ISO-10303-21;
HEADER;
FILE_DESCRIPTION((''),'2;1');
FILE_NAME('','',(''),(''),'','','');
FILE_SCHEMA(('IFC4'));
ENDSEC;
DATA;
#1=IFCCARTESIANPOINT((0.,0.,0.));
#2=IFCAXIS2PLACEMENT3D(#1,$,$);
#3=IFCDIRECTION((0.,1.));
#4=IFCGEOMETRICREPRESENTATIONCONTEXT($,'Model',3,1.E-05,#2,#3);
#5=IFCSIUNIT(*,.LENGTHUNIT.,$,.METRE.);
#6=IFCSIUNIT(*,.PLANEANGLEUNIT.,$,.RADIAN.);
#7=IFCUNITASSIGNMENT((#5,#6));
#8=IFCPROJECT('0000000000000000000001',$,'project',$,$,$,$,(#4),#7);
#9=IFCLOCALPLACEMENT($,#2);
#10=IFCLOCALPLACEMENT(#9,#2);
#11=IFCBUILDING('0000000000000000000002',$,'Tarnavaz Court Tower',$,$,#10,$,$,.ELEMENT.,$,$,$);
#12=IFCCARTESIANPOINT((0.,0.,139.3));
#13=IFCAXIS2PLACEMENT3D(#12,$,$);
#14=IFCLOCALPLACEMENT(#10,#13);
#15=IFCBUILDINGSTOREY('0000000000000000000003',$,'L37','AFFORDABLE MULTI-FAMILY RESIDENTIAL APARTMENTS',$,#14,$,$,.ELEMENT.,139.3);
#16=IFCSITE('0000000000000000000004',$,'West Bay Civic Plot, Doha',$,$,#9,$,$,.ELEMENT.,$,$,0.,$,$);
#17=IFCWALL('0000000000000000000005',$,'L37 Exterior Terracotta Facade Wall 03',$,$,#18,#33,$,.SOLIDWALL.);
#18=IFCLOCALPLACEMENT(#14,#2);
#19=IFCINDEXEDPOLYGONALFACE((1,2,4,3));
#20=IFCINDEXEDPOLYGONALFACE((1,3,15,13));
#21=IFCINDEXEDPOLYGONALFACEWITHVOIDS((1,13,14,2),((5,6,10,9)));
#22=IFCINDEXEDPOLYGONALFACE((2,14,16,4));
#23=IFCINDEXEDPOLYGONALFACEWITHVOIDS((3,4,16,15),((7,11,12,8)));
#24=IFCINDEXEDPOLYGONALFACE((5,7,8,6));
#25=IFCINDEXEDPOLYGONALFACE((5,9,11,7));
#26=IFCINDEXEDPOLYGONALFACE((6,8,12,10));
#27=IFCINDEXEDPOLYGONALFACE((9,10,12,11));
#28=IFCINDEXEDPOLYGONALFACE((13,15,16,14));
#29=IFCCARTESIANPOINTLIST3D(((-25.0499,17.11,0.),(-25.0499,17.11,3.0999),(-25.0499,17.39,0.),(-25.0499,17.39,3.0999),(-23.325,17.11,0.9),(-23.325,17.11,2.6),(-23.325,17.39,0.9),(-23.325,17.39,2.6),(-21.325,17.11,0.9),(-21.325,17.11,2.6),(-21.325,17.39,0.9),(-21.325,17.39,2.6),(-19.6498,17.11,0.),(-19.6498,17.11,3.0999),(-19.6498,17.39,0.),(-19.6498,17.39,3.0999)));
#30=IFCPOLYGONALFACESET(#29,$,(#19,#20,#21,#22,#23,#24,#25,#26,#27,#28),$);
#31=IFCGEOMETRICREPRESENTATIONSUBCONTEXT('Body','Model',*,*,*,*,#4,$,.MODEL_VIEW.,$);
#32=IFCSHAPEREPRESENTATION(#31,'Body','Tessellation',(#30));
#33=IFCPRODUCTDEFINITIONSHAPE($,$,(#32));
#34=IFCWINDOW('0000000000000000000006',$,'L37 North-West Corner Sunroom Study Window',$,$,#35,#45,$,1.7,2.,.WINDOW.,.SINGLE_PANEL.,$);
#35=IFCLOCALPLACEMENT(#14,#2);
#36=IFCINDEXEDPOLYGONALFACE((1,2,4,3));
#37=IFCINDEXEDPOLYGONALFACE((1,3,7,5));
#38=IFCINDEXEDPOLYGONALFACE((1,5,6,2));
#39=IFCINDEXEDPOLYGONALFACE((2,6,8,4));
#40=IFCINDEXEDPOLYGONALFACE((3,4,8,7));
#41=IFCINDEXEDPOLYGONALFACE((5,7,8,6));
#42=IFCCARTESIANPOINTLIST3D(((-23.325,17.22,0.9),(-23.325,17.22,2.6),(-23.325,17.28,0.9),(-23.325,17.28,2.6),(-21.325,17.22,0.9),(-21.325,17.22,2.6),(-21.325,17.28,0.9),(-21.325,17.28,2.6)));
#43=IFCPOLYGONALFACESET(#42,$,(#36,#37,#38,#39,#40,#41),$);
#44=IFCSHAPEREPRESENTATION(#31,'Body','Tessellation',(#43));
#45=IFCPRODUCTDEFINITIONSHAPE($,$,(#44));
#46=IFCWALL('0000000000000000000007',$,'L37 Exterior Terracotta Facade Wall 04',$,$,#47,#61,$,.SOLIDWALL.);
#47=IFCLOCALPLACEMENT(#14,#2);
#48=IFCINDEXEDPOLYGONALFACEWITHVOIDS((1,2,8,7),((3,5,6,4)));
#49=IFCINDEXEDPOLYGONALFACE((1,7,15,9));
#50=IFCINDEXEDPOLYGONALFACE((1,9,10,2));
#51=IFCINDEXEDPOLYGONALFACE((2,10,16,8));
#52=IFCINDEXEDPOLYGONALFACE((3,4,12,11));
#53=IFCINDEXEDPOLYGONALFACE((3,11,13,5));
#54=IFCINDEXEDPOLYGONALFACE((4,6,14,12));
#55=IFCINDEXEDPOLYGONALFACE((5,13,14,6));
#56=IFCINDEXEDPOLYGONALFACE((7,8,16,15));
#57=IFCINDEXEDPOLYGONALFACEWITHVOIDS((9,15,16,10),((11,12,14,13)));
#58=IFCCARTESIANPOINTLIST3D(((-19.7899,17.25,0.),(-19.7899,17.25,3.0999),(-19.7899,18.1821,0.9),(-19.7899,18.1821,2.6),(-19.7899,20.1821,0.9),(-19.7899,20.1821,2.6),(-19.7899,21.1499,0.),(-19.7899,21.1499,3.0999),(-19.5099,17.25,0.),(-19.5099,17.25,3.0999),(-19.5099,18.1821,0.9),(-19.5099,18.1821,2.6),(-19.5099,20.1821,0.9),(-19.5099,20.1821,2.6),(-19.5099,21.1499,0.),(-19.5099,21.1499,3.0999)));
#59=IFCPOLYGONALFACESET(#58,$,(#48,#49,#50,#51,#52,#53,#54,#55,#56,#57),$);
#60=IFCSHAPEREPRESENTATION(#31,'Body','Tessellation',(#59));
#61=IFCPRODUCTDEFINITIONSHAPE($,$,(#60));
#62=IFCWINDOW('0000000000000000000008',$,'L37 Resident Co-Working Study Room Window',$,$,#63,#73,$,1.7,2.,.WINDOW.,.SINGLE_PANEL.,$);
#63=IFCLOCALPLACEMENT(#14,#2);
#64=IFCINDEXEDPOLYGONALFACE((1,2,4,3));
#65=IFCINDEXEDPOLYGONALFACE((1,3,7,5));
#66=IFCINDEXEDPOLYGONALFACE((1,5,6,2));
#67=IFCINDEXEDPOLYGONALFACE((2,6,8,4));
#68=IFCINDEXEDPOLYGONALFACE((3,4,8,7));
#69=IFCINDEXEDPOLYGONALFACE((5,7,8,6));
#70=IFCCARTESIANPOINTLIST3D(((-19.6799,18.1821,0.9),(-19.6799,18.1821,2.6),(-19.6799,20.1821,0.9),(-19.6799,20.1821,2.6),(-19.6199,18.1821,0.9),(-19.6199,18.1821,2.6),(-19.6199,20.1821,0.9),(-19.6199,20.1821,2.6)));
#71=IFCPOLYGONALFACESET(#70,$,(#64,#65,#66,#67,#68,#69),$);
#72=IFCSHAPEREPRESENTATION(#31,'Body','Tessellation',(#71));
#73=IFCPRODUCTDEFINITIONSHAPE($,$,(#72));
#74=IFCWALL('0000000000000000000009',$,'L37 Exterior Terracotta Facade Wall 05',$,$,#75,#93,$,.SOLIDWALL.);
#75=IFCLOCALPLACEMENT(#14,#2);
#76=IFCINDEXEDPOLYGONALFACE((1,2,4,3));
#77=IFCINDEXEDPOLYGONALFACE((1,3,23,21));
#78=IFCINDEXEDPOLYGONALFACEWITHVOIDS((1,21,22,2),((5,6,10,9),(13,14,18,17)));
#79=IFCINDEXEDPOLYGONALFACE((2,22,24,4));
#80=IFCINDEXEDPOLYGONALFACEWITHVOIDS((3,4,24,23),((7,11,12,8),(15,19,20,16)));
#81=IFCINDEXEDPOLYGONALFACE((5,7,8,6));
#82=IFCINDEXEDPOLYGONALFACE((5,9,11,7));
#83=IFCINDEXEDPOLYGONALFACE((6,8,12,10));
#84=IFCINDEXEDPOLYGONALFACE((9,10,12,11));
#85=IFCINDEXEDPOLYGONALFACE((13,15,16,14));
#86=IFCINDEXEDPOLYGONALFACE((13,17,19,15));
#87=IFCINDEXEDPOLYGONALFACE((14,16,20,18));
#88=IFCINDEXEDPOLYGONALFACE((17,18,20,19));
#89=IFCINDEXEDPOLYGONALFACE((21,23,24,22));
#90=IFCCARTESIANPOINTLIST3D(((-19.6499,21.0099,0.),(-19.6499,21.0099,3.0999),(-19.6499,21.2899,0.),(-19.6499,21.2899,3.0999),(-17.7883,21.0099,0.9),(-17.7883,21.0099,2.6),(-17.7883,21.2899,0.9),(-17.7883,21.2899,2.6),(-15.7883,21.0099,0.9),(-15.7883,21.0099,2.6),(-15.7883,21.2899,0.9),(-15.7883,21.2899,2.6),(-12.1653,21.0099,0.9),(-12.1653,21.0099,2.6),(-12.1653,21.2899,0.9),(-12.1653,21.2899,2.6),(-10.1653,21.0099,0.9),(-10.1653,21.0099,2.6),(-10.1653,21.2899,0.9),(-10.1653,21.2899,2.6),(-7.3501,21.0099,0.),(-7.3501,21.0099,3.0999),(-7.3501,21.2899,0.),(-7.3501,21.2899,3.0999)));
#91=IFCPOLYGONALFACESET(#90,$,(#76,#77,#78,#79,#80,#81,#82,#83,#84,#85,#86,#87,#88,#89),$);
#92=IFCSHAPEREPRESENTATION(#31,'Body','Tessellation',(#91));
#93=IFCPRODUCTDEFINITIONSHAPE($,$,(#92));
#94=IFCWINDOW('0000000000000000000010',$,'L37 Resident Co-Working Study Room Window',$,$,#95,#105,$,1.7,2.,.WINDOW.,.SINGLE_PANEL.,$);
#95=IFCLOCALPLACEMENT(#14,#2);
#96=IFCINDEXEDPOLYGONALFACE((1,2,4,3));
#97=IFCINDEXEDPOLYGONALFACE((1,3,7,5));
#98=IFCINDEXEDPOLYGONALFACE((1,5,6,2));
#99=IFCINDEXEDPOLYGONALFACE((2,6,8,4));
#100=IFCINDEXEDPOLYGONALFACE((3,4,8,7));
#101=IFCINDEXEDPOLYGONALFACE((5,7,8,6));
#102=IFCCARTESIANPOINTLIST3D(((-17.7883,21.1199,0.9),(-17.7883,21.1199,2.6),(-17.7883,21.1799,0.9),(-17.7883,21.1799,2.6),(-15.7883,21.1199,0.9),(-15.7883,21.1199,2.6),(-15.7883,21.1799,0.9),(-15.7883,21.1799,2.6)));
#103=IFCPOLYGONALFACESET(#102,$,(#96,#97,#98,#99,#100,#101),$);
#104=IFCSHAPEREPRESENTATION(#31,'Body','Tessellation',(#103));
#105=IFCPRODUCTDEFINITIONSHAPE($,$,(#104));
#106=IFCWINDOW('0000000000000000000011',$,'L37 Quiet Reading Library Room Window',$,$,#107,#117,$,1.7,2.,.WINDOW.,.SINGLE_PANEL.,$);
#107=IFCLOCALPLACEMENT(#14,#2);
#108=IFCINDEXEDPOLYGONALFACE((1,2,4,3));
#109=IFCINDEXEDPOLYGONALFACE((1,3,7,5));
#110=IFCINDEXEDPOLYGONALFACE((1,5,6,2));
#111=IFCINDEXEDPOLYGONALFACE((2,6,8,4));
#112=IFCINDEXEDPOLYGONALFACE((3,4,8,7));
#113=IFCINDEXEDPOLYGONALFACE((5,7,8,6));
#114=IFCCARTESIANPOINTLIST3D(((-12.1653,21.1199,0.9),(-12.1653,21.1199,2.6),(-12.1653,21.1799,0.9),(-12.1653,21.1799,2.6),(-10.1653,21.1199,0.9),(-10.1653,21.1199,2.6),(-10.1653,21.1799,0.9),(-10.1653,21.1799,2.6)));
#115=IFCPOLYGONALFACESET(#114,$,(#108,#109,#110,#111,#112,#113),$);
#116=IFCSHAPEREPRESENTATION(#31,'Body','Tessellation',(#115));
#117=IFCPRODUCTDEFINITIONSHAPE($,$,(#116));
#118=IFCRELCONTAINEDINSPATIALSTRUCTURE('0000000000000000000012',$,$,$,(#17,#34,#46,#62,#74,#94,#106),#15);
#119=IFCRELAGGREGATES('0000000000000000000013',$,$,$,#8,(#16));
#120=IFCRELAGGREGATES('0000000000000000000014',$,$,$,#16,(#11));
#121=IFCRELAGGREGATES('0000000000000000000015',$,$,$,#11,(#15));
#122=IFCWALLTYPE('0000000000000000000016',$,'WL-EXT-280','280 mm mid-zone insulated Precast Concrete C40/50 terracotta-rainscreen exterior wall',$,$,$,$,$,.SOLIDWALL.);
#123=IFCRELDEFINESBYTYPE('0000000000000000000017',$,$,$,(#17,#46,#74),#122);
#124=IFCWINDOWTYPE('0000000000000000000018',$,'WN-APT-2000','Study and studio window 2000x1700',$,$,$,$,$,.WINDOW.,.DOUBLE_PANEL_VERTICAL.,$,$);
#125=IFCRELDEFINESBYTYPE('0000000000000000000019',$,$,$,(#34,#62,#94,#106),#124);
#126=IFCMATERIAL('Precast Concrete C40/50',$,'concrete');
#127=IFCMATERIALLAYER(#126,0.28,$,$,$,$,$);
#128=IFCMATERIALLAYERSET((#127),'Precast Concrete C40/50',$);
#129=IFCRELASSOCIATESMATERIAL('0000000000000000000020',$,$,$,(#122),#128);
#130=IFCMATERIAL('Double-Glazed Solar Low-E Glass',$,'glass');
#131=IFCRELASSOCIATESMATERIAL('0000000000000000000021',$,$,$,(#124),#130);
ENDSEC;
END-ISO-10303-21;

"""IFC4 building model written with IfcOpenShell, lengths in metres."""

from ifc_helpers import new_model, si_unit, direction, frame, frame_2d, origin, place, context, subcontext, project, spatial, rectangle, extrude, material, layer, layer_set, type_object, element, fill, save


model = new_model("IFC4")

# Units and contexts
model_context = context("Model", 3, precision=1e-05, world=origin(), true_north=direction((0.0, 1.0)))
body_context = subcontext(model_context, "Body", "Model", "MODEL_VIEW")
ifc_project = project(units=[si_unit("LENGTHUNIT", "METRE"), si_unit("PLANEANGLEUNIT", "RADIAN")], contexts=[model_context])

# Site, building, storey
site_placement = place(None, origin())
site = spatial("IfcSite", under=ifc_project, at=site_placement, Name="West Bay Civic Plot, Doha", CompositionType="ELEMENT", RefElevation=0.0)
building_placement = place(site_placement, origin())
building = spatial("IfcBuilding", under=site, at=building_placement, Name="Tarnavaz Court Tower", CompositionType="ELEMENT")
storey_placement = place(building_placement, frame((0.0, 0.0, 139.3)))
storey = spatial("IfcBuildingStorey", under=building, at=storey_placement, Name="L37", Description="AFFORDABLE MULTI-FAMILY RESIDENTIAL APARTMENTS", CompositionType="ELEMENT", Elevation=139.3)

# Walls, openings, windows
ifc_material_1 = material(Name="Precast Concrete C40/50", Category="concrete")
ifc_layer_1 = layer(ifc_material_1, 0.28)
ifc_layer_set_1 = layer_set([ifc_layer_1], Name="Precast Concrete C40/50")
wall_type_1 = type_object("IfcWallType", Name="WL-EXT-280", Description="280 mm mid-zone insulated Precast Concrete C40/50 terracotta-rainscreen exterior wall", PredefinedType="SOLIDWALL", material=ifc_layer_set_1)
wall_1_placement = place(storey_placement, frame((-25.05, 17.25, 0.0), z_axis=(0.0, 0.0, 1.0), x_axis=(1.0, 0.0, 0.0)))
wall_1 = element("IfcWall", 1, at=wall_1_placement, inside=storey, type_object=wall_type_1, Name="L37 Exterior Terracotta Facade Wall 03", PredefinedType="SOLIDWALL", context=body_context, shape_type="SweptSolid", body=[
    extrude(rectangle(XDim=5.4001, YDim=0.28, at=frame_2d((2.7002, 0.0))), origin(), (0.0, 0.0, 1.0), 3.0999),
])
opening_1_placement = place(wall_1_placement, frame((1.7251, 0.0, 0.8999)))
opening_1 = element("IfcOpeningElement", 2, at=opening_1_placement, cuts=wall_1, PredefinedType="OPENING", context=body_context, shape_type="SweptSolid", body=[
    extrude(rectangle(XDim=2.0, YDim=1.7, at=frame_2d((1.0, 0.8501))), frame((0.0, 0.1499, 0.0), z_axis=(0.0, -1.0, 0.0), x_axis=(1.0, 0.0, 0.0)), (0.0, 0.0, 1.0), 0.3),
])
ifc_material_2 = material(Name="Double-Glazed Solar Low-E Glass", Category="glass")
window_type = type_object("IfcWindowType", Name="WN-APT-2000", Description="Study and studio window 2000x1700", PartitioningType="DOUBLE_PANEL_VERTICAL", PredefinedType="WINDOW", material=ifc_material_2)
window_1_placement = place(opening_1_placement, origin())
window_1 = element("IfcWindow", 3, at=window_1_placement, inside=storey, type_object=window_type, Name="L37 North-West Corner Sunroom Study Window", OverallHeight=1.7, OverallWidth=2.0, PartitioningType="SINGLE_PANEL", PredefinedType="WINDOW", context=body_context, shape_type="SweptSolid", body=[
    extrude(rectangle(XDim=2.0, YDim=1.7, at=frame_2d((1.0, 0.8501))), frame((0.0, 0.03, 0.0), z_axis=(0.0, -1.0, 0.0), x_axis=(1.0, 0.0, 0.0)), (0.0, 0.0, 1.0), 0.0601),
])
fill(opening_1, window_1)
wall_2_placement = place(storey_placement, frame((-19.6499, 17.25, 0.0), z_axis=(0.0, 0.0, 1.0), x_axis=(0.0, 1.0, 0.0)))
wall_2 = element("IfcWall", 4, at=wall_2_placement, inside=storey, type_object=wall_type_1, Name="L37 Exterior Terracotta Facade Wall 04", PredefinedType="SOLIDWALL", context=body_context, shape_type="SweptSolid", body=[
    extrude(rectangle(XDim=3.8999, YDim=0.28, at=frame_2d((1.95, 0.0))), origin(), (0.0, 0.0, 1.0), 3.0999),
])
opening_2_placement = place(wall_2_placement, frame((0.9321, 0.0, 0.8999)))
opening_2 = element("IfcOpeningElement", 5, at=opening_2_placement, cuts=wall_2, PredefinedType="OPENING", context=body_context, shape_type="SweptSolid", body=[
    extrude(rectangle(XDim=2.0, YDim=1.7, at=frame_2d((1.0, 0.8501))), frame((0.0, 0.1499, 0.0), z_axis=(0.0, -1.0, 0.0), x_axis=(1.0, 0.0, 0.0)), (0.0, 0.0, 1.0), 0.3),
])
window_2_placement = place(opening_2_placement, origin())
window_2 = element("IfcWindow", 6, at=window_2_placement, inside=storey, type_object=window_type, Name="L37 Resident Co-Working Study Room Window", OverallHeight=1.7, OverallWidth=2.0, PartitioningType="SINGLE_PANEL", PredefinedType="WINDOW", context=body_context, shape_type="SweptSolid", body=[
    extrude(rectangle(XDim=2.0, YDim=1.7, at=frame_2d((1.0, 0.8501))), frame((0.0, 0.03, 0.0), z_axis=(0.0, -1.0, 0.0), x_axis=(1.0, 0.0, 0.0)), (0.0, 0.0, 1.0), 0.0601),
])
fill(opening_2, window_2)

# Wall, openings, windows
wall_3_placement = place(storey_placement, frame((-19.6499, 21.1499, 0.0), z_axis=(0.0, 0.0, 1.0), x_axis=(1.0, 0.0, 0.0)))
wall_3 = element("IfcWall", 7, at=wall_3_placement, inside=storey, type_object=wall_type_1, Name="L37 Exterior Terracotta Facade Wall 05", PredefinedType="SOLIDWALL", context=body_context, shape_type="SweptSolid", body=[
    extrude(rectangle(XDim=12.2998, YDim=0.28, at=frame_2d((6.1499, 0.0))), origin(), (0.0, 0.0, 1.0), 3.0999),
])
opening_3_placement = place(wall_3_placement, frame((1.8616, 0.0, 0.8999)))
opening_3 = element("IfcOpeningElement", 8, at=opening_3_placement, cuts=wall_3, PredefinedType="OPENING", context=body_context, shape_type="SweptSolid", body=[
    extrude(rectangle(XDim=2.0, YDim=1.7, at=frame_2d((1.0, 0.8501))), frame((0.0, 0.1499, 0.0), z_axis=(0.0, -1.0, 0.0), x_axis=(1.0, 0.0, 0.0)), (0.0, 0.0, 1.0), 0.3),
])
opening_4_placement = place(wall_3_placement, frame((7.4846, 0.0, 0.8999)))
opening_4 = element("IfcOpeningElement", 9, at=opening_4_placement, cuts=wall_3, PredefinedType="OPENING", context=body_context, shape_type="SweptSolid", body=[
    extrude(rectangle(XDim=2.0, YDim=1.7, at=frame_2d((1.0, 0.8501))), frame((0.0, 0.1499, 0.0), z_axis=(0.0, -1.0, 0.0), x_axis=(1.0, 0.0, 0.0)), (0.0, 0.0, 1.0), 0.3),
])
window_3_placement = place(opening_3_placement, origin())
window_3 = element("IfcWindow", 10, at=window_3_placement, inside=storey, type_object=window_type, Name="L37 Resident Co-Working Study Room Window", OverallHeight=1.7, OverallWidth=2.0, PartitioningType="SINGLE_PANEL", PredefinedType="WINDOW", context=body_context, shape_type="SweptSolid", body=[
    extrude(rectangle(XDim=2.0, YDim=1.7, at=frame_2d((1.0, 0.8501))), frame((0.0, 0.03, 0.0), z_axis=(0.0, -1.0, 0.0), x_axis=(1.0, 0.0, 0.0)), (0.0, 0.0, 1.0), 0.0601),
])
fill(opening_3, window_3)
window_4_placement = place(opening_4_placement, origin())
window_4 = element("IfcWindow", 11, at=window_4_placement, inside=storey, type_object=window_type, Name="L37 Quiet Reading Library Room Window", OverallHeight=1.7, OverallWidth=2.0, PartitioningType="SINGLE_PANEL", PredefinedType="WINDOW", context=body_context, shape_type="SweptSolid", body=[
    extrude(rectangle(XDim=2.0, YDim=1.7, at=frame_2d((1.0, 0.8501))), frame((0.0, 0.03, 0.0), z_axis=(0.0, -1.0, 0.0), x_axis=(1.0, 0.0, 0.0)), (0.0, 0.0, 1.0), 0.0601),
])
fill(opening_4, window_4)

save(model, "model.ifc")
